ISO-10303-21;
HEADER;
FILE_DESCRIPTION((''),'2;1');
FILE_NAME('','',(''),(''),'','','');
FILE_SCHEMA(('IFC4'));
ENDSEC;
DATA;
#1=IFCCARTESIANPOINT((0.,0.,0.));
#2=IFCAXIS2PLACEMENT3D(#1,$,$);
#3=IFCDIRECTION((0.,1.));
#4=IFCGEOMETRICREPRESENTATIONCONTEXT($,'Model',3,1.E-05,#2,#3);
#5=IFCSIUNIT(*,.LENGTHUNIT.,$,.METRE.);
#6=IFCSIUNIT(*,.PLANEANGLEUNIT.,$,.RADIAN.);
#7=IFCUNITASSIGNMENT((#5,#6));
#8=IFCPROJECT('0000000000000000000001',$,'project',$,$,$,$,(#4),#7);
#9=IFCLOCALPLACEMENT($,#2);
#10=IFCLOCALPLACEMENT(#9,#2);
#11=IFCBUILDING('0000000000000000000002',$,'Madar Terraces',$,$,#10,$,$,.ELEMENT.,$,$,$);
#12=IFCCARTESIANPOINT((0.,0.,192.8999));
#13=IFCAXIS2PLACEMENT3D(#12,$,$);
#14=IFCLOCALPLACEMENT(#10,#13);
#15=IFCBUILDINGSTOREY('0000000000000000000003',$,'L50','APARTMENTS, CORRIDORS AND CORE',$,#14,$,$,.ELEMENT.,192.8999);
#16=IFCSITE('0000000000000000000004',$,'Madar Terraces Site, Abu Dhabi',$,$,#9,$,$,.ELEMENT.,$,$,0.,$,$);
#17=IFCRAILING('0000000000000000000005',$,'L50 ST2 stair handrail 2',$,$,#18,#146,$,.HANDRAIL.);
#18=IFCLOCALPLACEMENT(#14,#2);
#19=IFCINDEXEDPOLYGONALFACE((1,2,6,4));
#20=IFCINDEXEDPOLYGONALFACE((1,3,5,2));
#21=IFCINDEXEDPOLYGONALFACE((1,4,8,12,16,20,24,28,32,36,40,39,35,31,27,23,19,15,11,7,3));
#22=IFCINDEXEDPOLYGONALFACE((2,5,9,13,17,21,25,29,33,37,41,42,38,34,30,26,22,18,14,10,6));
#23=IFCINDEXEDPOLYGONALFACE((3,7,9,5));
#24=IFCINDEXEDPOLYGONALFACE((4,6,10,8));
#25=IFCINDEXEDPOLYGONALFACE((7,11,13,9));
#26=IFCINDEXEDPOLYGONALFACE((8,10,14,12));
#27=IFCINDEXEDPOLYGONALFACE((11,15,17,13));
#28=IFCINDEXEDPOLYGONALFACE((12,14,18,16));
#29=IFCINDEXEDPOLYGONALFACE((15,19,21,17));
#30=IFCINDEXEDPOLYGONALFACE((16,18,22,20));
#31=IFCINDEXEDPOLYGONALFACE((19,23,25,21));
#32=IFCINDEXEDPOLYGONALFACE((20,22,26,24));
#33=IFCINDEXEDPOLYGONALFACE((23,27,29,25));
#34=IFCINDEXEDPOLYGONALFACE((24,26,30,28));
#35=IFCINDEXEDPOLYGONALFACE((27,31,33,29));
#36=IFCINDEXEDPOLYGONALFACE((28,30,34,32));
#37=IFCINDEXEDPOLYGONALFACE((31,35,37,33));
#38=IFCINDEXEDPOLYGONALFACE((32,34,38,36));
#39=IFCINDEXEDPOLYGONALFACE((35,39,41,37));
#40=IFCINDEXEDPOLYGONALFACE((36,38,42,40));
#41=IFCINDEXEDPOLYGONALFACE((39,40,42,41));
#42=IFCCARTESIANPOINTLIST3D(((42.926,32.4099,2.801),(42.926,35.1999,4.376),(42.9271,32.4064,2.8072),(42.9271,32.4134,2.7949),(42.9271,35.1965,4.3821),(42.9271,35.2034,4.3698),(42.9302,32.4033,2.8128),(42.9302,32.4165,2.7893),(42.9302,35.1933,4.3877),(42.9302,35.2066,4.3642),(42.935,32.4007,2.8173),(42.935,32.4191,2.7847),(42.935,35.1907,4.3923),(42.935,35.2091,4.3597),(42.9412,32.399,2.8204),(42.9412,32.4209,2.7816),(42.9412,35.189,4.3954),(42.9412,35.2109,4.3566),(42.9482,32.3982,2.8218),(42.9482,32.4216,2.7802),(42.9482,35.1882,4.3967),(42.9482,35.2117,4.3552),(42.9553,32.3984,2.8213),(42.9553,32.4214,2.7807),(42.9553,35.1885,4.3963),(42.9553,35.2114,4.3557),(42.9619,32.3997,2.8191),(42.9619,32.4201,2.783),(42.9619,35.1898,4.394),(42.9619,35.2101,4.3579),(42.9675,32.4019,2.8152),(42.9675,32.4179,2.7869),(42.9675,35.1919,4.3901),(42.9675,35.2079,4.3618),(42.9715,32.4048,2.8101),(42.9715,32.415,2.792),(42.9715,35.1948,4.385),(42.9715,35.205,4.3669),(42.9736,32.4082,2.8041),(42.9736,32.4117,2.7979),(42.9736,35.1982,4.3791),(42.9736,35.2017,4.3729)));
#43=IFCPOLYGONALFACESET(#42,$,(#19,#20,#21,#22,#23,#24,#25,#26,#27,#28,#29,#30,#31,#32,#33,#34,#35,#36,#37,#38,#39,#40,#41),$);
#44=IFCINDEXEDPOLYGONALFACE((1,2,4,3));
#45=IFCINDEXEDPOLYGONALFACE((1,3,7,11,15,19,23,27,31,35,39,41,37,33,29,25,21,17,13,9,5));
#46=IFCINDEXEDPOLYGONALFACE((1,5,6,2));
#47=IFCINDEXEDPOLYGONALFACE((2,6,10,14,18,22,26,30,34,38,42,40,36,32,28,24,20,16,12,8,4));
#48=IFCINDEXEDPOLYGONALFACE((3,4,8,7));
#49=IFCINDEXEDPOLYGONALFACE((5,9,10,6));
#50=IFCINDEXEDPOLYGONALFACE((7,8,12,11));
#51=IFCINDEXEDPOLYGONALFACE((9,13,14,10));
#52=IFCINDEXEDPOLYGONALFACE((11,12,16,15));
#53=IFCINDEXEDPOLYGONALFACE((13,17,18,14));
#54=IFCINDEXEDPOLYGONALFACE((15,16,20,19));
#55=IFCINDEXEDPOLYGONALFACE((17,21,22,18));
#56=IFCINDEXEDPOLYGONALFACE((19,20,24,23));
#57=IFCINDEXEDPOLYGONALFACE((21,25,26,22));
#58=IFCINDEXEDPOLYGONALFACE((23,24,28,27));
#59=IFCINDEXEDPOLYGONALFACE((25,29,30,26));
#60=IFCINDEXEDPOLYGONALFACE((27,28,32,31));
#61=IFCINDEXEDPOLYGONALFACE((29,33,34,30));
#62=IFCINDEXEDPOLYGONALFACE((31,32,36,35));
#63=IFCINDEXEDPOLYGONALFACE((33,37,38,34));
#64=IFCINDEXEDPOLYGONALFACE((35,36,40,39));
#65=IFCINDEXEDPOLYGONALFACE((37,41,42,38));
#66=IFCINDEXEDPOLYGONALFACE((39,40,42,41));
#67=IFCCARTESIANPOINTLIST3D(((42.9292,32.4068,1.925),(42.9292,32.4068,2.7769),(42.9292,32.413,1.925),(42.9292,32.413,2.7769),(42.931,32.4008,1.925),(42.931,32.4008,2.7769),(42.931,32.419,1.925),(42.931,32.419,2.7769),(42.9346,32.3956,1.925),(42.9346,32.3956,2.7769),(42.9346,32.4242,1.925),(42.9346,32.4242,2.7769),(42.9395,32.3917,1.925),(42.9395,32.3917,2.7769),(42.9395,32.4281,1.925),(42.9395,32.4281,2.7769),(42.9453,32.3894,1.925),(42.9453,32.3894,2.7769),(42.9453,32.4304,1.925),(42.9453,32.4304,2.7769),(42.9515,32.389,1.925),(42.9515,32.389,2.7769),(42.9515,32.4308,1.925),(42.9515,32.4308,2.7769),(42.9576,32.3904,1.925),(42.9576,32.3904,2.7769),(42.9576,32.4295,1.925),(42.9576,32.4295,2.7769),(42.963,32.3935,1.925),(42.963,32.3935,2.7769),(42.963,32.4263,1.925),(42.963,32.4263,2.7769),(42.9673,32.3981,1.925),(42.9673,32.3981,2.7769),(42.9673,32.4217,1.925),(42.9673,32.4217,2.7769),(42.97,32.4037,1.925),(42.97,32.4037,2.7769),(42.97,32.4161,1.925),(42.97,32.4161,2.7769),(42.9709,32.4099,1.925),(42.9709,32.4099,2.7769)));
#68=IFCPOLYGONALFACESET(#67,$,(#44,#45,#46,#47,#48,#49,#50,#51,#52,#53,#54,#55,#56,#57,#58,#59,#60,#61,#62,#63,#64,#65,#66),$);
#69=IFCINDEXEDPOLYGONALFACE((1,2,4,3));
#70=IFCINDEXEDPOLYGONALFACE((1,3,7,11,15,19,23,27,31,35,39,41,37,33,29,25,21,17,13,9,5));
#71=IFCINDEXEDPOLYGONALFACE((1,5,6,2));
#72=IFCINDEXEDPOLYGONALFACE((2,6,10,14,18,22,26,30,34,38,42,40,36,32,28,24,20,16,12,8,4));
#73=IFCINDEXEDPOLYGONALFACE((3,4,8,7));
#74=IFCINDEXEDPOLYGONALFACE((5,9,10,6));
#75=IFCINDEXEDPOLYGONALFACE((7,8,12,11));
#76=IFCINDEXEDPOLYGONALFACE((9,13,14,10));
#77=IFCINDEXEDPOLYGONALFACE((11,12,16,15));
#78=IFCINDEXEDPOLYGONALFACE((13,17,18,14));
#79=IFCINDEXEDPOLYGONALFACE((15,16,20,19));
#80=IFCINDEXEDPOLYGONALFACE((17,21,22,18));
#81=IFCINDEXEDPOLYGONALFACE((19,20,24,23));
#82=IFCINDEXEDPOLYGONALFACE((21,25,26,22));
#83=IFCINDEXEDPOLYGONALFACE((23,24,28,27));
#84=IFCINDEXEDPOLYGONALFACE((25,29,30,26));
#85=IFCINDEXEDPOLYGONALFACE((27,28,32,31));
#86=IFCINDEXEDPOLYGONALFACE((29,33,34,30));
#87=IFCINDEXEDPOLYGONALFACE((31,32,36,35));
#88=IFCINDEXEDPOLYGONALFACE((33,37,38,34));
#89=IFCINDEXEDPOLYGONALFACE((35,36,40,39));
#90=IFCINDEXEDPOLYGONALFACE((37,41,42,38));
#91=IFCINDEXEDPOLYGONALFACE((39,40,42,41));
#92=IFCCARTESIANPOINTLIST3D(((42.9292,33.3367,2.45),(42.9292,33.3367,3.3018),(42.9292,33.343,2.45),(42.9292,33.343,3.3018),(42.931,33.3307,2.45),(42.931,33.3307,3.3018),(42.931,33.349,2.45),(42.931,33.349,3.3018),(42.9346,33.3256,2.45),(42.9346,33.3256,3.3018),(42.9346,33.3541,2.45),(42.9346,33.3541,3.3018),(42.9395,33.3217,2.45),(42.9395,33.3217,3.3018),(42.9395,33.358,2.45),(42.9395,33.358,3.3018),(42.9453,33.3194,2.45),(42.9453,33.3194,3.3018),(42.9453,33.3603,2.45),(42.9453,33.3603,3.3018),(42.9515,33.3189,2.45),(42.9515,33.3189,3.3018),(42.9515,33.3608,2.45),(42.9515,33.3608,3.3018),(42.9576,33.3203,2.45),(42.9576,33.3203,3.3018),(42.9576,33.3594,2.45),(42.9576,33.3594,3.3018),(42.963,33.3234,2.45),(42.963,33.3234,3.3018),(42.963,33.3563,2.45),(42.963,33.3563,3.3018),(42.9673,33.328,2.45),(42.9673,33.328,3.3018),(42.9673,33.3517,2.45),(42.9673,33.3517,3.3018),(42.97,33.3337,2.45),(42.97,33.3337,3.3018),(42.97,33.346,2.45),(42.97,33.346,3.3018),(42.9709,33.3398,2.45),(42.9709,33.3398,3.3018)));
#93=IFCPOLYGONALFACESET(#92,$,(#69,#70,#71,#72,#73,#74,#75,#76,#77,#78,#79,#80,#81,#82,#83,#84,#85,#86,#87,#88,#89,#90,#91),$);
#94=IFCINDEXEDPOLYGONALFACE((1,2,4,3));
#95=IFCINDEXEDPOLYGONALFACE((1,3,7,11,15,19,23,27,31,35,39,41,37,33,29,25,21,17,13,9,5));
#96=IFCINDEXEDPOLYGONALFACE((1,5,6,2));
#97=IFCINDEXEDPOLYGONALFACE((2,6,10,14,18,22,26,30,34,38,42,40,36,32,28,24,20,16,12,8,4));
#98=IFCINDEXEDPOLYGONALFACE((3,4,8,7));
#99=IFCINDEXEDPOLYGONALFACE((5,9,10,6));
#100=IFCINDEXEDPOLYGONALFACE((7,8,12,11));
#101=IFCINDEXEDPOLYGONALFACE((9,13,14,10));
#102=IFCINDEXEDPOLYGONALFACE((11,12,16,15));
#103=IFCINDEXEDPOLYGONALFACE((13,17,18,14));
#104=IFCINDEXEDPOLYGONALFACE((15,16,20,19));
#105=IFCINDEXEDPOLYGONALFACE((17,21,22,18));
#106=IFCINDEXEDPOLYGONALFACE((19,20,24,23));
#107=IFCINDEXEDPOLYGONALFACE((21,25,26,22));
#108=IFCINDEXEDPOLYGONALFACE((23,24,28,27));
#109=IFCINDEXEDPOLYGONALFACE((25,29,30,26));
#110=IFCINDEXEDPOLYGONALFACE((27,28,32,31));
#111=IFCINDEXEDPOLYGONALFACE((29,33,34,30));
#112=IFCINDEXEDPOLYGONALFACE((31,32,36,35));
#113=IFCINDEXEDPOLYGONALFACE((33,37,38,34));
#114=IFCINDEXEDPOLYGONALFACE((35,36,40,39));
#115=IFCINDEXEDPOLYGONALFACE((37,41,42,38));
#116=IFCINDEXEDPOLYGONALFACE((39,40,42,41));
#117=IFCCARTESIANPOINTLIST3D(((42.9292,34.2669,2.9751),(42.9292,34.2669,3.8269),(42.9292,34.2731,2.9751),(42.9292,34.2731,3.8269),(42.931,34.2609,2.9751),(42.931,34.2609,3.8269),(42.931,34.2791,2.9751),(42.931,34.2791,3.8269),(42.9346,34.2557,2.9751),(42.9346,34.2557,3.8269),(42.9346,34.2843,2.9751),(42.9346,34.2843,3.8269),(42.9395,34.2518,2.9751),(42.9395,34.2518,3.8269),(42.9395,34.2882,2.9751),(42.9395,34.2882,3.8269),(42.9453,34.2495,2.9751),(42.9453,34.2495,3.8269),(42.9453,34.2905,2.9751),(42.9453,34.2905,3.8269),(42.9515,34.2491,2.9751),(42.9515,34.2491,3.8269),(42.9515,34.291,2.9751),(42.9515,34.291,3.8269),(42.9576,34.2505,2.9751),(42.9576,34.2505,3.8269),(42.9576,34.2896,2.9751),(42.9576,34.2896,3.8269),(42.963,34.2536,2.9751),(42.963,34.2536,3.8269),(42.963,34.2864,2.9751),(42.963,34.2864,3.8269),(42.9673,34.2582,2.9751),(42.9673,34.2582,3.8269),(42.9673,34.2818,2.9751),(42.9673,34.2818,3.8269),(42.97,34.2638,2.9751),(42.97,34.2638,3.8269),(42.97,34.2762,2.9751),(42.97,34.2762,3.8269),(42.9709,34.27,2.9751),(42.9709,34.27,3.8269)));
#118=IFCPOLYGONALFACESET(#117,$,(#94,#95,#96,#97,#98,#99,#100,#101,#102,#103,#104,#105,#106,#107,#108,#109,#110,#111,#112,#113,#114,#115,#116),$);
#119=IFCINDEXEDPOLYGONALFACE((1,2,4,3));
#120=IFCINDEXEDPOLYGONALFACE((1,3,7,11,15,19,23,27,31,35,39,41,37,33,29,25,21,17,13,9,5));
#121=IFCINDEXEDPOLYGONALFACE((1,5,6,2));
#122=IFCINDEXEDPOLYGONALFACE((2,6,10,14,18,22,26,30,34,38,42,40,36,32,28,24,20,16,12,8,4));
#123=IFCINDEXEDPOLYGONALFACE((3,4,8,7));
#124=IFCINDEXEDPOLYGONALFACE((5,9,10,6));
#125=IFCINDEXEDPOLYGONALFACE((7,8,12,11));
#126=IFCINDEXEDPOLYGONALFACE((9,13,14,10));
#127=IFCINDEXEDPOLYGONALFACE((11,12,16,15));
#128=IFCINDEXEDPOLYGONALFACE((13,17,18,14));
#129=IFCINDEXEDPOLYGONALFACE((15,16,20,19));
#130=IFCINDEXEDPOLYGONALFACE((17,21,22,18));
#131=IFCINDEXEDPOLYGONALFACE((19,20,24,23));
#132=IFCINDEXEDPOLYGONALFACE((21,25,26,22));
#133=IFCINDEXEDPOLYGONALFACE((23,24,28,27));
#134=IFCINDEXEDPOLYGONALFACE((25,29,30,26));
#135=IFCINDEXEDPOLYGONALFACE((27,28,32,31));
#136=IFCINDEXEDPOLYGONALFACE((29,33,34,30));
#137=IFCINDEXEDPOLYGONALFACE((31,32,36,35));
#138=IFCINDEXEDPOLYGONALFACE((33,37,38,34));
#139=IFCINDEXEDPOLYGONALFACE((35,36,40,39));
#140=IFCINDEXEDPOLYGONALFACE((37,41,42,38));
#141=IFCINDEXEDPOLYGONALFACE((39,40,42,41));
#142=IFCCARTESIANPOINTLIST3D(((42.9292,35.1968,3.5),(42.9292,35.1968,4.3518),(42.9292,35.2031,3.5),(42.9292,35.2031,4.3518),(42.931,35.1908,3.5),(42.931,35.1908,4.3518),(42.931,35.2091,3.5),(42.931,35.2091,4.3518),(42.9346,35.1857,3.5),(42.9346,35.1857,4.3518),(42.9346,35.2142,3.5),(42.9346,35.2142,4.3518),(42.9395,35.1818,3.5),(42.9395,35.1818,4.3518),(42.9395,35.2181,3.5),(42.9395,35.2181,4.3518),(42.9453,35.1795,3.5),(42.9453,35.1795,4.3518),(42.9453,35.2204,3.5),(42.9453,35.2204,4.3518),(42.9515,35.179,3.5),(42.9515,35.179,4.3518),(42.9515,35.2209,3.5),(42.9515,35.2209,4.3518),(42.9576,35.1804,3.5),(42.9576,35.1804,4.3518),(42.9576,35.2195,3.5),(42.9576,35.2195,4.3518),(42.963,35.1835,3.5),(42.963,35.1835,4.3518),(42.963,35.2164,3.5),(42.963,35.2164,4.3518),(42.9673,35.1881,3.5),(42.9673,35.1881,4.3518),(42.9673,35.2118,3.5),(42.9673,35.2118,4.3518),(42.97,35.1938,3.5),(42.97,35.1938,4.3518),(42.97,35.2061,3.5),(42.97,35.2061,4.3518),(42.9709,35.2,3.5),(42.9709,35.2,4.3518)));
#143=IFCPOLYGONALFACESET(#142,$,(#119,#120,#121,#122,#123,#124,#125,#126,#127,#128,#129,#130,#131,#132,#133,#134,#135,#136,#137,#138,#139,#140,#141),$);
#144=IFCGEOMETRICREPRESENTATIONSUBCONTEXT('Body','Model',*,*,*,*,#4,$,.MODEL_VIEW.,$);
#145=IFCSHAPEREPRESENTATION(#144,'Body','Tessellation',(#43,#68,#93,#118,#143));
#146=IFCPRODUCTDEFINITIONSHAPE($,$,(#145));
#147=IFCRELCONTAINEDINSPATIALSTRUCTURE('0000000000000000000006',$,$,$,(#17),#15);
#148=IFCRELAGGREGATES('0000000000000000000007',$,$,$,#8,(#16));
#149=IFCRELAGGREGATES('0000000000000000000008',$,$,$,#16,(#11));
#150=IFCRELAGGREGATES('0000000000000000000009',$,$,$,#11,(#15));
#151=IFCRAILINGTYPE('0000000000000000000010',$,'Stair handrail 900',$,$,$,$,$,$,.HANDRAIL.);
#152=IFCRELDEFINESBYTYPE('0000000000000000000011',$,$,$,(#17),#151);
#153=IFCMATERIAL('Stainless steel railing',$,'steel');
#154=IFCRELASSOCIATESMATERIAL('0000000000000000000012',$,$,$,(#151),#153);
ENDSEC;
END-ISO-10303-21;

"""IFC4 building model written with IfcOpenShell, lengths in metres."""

from ifc_helpers import new_model, si_unit, direction, frame, origin, origin_2d, place, context, subcontext, project, spatial, circle, extrude, material, type_object, element, save


model = new_model("IFC4")

# Units and contexts
model_context = context("Model", 3, precision=1e-05, world=origin(), true_north=direction((0.0, 1.0)))
body_context = subcontext(model_context, "Body", "Model", "MODEL_VIEW")
ifc_project = project(units=[si_unit("LENGTHUNIT", "METRE"), si_unit("PLANEANGLEUNIT", "RADIAN")], contexts=[model_context])

# Site, building, storey
site_placement = place(None, origin())
site = spatial("IfcSite", under=ifc_project, at=site_placement, Name="Madar Terraces Site, Abu Dhabi", CompositionType="ELEMENT", RefElevation=0.0)
building_placement = place(site_placement, origin())
building = spatial("IfcBuilding", under=site, at=building_placement, Name="Madar Terraces", CompositionType="ELEMENT")
storey_placement = place(building_placement, frame((0.0, 0.0, 192.8999)))
storey = spatial("IfcBuildingStorey", under=building, at=storey_placement, Name="L50", Description="APARTMENTS, CORRIDORS AND CORE", CompositionType="ELEMENT", Elevation=192.8999)

# Railing
ifc_material_1 = material(Name="Stainless steel railing", Category="steel")
railing_type_1 = type_object("IfcRailingType", Name="Stair handrail 900", PredefinedType="HANDRAIL", material=ifc_material_1)
railing_1_placement = place(storey_placement, frame((42.95, 32.4099, 1.925)))
element("IfcRailing", 1, at=railing_1_placement, inside=storey, type_object=railing_type_1, Name="L50 ST2 stair handrail 2", PredefinedType="HANDRAIL", context=body_context, shape_type="SweptSolid", body=[
    extrude(circle(Radius=0.0239, at=origin_2d()), frame((0.0, 0.0, 0.876), z_axis=(0.0, 0.870834, 0.491578), x_axis=(-1.0, 0.0, 0.0)), (0.0, 0.0, 1.0), 3.2039),
    extrude(circle(Radius=0.021, at=origin_2d()), origin(), (0.0, 0.0, 1.0), 0.8518),
    extrude(circle(Radius=0.021, at=origin_2d()), frame((0.0, 0.9299, 0.5249)), (0.0, 0.0, 1.0), 0.8518),
    extrude(circle(Radius=0.021, at=origin_2d()), frame((0.0, 1.8601, 1.05)), (0.0, 0.0, 1.0), 0.8518),
    extrude(circle(Radius=0.021, at=origin_2d()), frame((0.0, 2.79, 1.575)), (0.0, 0.0, 1.0), 0.8518),
])

save(model, "model.ifc")
